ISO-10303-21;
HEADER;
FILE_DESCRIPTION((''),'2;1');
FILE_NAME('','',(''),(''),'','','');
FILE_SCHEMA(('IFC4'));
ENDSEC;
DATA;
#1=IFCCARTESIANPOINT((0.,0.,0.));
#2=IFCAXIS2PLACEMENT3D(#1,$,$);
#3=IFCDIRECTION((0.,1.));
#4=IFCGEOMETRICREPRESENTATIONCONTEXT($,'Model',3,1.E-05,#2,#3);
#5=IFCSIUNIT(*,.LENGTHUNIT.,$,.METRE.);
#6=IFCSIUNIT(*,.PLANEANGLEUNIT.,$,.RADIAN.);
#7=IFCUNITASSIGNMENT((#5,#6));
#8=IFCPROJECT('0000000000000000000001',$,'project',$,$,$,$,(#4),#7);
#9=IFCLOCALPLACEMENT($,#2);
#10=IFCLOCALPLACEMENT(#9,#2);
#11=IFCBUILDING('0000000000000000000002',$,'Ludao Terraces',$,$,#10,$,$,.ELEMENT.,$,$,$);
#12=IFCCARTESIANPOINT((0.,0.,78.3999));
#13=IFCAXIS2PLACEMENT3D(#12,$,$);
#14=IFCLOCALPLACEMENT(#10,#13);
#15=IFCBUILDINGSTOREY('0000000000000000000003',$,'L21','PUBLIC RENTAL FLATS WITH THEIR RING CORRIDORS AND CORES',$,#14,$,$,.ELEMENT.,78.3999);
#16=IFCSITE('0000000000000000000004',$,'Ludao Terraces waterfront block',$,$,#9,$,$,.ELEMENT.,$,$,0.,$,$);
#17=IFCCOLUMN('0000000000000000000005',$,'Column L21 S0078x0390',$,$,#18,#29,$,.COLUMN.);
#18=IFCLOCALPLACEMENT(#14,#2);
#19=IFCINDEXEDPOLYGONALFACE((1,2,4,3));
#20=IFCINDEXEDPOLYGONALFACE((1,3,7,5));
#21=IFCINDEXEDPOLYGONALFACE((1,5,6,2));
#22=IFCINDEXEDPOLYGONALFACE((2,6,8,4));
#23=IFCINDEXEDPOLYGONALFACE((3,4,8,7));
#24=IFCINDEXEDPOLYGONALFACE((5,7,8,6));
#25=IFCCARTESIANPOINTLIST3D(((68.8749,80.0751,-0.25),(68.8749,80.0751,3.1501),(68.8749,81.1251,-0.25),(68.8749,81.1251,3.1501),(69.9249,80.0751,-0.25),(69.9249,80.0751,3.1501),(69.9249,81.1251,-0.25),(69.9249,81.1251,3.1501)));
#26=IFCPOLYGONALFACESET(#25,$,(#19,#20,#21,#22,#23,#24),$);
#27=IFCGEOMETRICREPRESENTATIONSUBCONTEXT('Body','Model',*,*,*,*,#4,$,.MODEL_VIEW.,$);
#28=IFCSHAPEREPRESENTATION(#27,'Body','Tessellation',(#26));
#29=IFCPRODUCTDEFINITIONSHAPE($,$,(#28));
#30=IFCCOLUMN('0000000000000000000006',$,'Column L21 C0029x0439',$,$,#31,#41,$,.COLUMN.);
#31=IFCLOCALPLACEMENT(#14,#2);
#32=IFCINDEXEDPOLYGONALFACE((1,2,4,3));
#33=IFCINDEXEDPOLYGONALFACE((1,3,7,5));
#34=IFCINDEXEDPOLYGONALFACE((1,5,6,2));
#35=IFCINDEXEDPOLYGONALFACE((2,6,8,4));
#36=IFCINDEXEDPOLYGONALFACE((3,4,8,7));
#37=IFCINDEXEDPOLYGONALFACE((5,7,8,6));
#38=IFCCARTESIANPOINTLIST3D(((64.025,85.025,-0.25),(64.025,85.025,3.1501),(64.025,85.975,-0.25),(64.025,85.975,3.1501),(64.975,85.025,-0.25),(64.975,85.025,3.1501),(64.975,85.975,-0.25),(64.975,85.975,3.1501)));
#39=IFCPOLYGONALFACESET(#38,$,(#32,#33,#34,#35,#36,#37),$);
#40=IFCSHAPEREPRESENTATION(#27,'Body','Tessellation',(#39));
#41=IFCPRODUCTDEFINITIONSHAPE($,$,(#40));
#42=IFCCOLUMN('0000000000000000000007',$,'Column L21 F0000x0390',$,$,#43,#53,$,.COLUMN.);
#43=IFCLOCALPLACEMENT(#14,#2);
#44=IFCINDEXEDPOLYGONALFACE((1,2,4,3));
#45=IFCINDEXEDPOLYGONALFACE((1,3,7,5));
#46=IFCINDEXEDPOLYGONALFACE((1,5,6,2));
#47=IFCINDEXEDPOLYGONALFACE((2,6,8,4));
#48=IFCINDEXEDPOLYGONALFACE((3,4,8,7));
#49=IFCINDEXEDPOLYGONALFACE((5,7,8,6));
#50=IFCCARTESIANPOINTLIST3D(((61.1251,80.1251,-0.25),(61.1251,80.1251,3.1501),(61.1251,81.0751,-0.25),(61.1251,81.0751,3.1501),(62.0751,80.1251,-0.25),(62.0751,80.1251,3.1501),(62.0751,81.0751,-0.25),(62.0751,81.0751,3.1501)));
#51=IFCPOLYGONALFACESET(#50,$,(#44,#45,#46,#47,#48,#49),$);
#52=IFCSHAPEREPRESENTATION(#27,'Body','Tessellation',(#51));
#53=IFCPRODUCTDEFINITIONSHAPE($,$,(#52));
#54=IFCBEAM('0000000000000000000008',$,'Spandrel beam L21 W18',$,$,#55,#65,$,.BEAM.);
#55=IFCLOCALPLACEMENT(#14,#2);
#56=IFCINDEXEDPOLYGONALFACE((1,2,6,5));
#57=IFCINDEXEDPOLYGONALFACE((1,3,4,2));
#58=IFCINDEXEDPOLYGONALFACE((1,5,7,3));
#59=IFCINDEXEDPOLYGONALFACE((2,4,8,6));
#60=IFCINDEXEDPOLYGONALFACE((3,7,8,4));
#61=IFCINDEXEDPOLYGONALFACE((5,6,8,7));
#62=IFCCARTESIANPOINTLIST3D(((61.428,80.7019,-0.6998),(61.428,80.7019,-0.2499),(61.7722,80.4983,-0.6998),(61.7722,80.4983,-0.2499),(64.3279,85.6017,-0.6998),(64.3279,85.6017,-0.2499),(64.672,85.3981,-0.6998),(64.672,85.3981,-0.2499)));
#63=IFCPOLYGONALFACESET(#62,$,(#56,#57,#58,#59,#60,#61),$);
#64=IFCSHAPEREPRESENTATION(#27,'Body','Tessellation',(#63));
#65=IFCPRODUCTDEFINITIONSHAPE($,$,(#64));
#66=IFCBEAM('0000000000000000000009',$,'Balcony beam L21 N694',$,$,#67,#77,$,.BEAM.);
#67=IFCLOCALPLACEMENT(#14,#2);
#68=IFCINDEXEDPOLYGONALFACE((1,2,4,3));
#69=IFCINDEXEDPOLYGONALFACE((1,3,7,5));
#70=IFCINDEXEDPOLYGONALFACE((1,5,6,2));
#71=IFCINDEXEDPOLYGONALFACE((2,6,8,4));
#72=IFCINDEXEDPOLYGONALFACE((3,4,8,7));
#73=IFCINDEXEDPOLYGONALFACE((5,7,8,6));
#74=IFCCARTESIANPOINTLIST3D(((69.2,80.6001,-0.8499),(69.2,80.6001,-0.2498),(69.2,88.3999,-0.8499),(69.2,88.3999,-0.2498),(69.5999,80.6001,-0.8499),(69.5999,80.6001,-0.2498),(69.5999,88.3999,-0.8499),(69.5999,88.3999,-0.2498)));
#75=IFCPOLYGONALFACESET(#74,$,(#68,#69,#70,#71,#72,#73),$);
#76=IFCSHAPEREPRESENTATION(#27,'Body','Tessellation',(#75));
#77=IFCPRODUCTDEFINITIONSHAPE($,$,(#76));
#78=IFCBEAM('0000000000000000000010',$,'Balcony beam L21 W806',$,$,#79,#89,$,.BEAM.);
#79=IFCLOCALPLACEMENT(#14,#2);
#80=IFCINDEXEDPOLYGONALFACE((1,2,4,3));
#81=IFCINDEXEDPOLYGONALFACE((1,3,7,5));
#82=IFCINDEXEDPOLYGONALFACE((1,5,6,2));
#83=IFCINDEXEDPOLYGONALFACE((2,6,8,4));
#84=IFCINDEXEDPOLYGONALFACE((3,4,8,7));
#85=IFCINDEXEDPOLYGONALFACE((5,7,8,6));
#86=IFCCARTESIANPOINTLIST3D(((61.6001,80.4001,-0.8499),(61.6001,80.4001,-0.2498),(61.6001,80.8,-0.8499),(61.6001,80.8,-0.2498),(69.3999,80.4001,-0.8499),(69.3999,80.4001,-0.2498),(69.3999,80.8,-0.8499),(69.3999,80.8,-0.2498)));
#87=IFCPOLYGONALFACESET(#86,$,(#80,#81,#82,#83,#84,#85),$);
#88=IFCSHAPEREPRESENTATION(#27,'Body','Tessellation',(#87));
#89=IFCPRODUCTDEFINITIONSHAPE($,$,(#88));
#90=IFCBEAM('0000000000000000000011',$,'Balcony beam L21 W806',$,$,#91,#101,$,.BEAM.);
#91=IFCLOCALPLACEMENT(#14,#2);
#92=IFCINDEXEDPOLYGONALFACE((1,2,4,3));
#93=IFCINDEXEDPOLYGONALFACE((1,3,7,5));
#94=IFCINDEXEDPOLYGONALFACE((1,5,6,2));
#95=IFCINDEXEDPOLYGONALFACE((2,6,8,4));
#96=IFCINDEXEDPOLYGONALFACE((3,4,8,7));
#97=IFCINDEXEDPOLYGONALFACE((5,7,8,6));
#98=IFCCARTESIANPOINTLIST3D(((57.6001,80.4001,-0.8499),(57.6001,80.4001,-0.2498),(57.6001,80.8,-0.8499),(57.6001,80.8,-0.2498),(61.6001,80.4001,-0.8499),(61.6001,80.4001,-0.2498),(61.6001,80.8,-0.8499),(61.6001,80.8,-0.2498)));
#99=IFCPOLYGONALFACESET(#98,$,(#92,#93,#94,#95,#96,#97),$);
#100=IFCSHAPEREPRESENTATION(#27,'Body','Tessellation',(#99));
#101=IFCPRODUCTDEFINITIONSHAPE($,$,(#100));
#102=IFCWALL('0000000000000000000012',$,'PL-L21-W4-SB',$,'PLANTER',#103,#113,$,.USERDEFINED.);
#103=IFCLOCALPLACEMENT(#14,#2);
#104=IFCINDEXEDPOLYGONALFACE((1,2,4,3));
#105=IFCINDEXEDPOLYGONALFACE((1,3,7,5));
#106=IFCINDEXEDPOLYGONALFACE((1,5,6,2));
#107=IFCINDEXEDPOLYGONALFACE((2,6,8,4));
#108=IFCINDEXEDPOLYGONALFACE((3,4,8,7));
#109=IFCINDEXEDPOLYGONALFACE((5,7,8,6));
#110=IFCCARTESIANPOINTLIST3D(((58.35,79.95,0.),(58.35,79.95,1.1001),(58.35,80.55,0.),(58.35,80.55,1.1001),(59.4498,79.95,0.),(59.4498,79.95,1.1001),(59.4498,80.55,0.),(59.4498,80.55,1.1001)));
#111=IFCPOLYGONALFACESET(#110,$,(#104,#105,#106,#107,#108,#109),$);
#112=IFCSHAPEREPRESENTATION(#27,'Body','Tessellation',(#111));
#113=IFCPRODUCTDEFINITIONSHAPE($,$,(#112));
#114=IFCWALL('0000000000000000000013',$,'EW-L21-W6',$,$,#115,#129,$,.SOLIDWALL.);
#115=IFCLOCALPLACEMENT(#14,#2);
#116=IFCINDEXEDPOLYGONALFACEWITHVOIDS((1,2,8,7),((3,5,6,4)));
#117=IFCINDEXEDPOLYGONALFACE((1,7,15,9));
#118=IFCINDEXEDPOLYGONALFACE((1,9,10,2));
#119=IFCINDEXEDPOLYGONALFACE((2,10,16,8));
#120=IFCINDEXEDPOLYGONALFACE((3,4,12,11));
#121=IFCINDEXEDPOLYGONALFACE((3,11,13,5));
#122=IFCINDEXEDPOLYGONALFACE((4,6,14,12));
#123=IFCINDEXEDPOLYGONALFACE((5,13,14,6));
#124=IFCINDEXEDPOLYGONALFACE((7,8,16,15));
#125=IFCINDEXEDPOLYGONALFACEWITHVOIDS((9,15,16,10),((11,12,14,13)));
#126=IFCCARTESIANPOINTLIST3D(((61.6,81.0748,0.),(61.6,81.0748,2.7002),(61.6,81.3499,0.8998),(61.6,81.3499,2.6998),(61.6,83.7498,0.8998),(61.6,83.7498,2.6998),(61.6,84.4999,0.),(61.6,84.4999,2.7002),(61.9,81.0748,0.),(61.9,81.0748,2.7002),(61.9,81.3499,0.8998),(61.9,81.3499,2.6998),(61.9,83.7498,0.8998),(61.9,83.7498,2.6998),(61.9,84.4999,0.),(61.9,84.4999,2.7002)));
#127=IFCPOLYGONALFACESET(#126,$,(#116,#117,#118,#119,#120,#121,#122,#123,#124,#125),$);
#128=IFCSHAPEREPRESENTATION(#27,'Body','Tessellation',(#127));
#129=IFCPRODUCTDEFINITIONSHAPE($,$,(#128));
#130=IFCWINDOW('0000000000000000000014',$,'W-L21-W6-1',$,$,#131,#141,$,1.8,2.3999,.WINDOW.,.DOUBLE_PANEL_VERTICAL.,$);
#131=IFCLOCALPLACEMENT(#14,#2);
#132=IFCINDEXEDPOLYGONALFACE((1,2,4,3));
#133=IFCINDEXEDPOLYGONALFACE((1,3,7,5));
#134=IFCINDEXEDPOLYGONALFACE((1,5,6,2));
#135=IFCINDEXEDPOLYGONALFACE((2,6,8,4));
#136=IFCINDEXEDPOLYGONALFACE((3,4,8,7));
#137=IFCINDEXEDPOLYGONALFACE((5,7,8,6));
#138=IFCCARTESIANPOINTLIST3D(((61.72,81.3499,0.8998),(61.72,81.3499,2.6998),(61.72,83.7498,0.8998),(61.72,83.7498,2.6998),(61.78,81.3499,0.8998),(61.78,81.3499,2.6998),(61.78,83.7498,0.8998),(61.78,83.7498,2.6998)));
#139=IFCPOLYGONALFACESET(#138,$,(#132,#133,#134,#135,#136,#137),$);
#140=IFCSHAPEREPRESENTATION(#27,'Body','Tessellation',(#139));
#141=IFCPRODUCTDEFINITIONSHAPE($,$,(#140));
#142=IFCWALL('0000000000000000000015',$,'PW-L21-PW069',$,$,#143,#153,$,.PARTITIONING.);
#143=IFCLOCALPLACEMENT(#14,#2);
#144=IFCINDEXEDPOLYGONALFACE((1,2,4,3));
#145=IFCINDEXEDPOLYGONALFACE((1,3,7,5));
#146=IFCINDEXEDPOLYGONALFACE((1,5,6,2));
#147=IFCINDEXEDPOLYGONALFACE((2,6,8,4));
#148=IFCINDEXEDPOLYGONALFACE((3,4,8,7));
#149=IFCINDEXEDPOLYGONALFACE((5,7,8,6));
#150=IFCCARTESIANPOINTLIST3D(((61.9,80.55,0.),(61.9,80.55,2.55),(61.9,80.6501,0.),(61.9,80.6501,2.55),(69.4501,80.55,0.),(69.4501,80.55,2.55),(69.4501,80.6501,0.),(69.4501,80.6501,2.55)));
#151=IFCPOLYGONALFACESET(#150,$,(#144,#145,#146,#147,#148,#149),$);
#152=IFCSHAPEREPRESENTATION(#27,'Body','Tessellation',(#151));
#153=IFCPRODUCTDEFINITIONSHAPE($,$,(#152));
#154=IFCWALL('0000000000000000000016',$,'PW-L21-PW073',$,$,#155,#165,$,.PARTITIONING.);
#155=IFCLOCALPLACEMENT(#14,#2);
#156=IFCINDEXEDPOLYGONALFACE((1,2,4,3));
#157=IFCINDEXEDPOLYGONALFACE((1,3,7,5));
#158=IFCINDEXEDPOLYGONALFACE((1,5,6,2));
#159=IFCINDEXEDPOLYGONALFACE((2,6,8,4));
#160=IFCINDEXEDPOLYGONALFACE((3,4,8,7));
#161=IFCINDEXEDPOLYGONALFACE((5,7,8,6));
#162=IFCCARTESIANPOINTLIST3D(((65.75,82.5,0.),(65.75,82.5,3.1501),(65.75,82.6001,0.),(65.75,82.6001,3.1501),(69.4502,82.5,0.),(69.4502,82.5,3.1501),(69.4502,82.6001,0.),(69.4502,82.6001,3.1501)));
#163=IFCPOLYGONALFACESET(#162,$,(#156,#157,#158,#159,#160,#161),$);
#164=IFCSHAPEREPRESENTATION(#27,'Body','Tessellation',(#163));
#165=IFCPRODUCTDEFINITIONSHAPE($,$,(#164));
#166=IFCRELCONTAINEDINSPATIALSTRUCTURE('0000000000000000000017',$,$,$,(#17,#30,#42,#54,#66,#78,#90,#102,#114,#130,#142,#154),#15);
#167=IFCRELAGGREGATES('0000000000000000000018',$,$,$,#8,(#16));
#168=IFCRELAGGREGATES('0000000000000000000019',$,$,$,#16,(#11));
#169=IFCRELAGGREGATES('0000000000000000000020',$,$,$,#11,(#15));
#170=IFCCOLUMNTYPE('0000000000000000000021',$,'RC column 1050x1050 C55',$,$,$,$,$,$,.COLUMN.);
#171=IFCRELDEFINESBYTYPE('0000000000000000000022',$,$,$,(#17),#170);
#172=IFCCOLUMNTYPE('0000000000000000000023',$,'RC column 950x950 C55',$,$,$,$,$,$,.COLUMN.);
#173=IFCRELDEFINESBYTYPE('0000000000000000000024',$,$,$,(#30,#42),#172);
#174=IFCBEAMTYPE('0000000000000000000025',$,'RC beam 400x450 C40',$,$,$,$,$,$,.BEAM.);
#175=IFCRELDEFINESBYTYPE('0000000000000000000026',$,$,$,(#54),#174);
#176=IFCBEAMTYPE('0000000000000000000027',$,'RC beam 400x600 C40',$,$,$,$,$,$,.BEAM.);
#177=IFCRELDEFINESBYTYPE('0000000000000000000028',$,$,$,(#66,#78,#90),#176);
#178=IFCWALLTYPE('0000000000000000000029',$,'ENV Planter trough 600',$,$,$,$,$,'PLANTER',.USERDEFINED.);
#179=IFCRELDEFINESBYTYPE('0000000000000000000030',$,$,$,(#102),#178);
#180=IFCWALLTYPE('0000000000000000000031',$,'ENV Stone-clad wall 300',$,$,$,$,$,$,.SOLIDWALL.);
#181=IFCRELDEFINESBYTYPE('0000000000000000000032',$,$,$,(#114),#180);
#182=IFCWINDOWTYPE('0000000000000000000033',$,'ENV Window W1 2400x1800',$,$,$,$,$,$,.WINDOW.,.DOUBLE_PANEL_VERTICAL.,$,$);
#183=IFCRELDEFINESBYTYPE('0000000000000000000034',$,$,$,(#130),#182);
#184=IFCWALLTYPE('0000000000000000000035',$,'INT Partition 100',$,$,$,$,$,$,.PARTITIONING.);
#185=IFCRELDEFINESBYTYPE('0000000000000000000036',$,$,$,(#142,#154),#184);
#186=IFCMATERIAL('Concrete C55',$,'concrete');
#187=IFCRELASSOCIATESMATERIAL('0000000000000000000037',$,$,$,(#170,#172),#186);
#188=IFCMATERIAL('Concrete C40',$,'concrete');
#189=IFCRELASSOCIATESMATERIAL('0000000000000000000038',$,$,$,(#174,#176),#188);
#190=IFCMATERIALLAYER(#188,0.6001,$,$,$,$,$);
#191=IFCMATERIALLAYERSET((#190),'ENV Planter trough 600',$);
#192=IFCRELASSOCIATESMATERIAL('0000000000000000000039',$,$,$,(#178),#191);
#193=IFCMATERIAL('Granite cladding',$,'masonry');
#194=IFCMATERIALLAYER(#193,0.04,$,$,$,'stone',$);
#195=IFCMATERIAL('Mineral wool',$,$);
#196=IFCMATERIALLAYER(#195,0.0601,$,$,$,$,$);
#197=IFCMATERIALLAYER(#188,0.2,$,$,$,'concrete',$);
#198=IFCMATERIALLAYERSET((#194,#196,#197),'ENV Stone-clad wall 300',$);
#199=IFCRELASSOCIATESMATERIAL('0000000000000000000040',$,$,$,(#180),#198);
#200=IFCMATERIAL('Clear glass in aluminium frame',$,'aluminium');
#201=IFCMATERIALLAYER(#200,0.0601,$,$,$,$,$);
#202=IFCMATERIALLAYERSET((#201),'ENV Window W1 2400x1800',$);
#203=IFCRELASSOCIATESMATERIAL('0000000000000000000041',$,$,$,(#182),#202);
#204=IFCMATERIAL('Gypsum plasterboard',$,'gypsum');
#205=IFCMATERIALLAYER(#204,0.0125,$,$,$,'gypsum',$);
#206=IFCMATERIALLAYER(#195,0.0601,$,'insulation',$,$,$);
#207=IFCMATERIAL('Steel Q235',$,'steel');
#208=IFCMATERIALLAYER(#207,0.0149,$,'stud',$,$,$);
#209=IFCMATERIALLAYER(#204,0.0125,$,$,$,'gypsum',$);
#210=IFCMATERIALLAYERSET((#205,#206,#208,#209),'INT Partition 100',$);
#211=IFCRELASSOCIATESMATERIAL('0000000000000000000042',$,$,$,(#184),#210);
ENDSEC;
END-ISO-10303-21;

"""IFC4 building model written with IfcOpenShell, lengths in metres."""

from ifc_helpers import new_model, si_unit, direction, frame, frame_2d, origin, origin_2d, place, context, subcontext, project, spatial, rectangle, extrude, material, layer, layer_set, material_profile, profile_set, type_object, element, fill, save


model = new_model("IFC4")

# Units and contexts
model_context = context("Model", 3, precision=1e-05, world=origin(), true_north=direction((0.0, 1.0)))
body_context = subcontext(model_context, "Body", "Model", "MODEL_VIEW")
ifc_project = project(units=[si_unit("LENGTHUNIT", "METRE"), si_unit("PLANEANGLEUNIT", "RADIAN")], contexts=[model_context])

# Site, building, storey
site_placement = place(None, origin())
site = spatial("IfcSite", under=ifc_project, at=site_placement, Name="Ludao Terraces waterfront block", CompositionType="ELEMENT", RefElevation=0.0)
building_placement = place(site_placement, origin())
building = spatial("IfcBuilding", under=site, at=building_placement, Name="Ludao Terraces", CompositionType="ELEMENT")
storey_placement = place(building_placement, frame((0.0, 0.0, 78.3999)))
storey = spatial("IfcBuildingStorey", under=building, at=storey_placement, Name="L21", Description="PUBLIC RENTAL FLATS WITH THEIR RING CORRIDORS AND CORES", CompositionType="ELEMENT", Elevation=78.3999)

# Columns
ifc_material_1 = material(Name="Concrete C55", Category="concrete")
ifc_material_profile_1 = material_profile(ifc_material_1, rectangle(XDim=1.05, YDim=1.05, at=origin_2d()), Name="1050 X 1050")
ifc_profile_set_1 = profile_set([ifc_material_profile_1], Name="Concrete C55")
column_type_1 = type_object("IfcColumnType", Name="RC column 1050x1050 C55", PredefinedType="COLUMN", material=ifc_profile_set_1)
column_placement = place(storey_placement, frame((69.3999, 80.6001, -0.25), z_axis=(0.0, 0.0, 1.0), x_axis=(1.0, 0.0, 0.0)))
element("IfcColumn", 1, at=column_placement, inside=storey, type_object=column_type_1, Name="Column L21 S0078x0390", PredefinedType="COLUMN", context=body_context, shape_type="SweptSolid", body=[
    extrude(rectangle(XDim=1.05, YDim=1.05, at=origin_2d()), origin(), (0.0, 0.0, 1.0), 3.4001),
])
ifc_material_profile_2 = material_profile(ifc_material_1, rectangle(XDim=0.95, YDim=0.95, at=origin_2d()), Name="950 X 950")
ifc_profile_set_2 = profile_set([ifc_material_profile_2], Name="Concrete C55")
column_type_2 = type_object("IfcColumnType", Name="RC column 950x950 C55", PredefinedType="COLUMN", material=ifc_profile_set_2)
for number, where, z_axis, x_axis, name in (
    (2, (64.5, 85.5, -0.25), (0.0, 0.0, 1.0), (1.0, 0.0, 0.0), "Column L21 C0029x0439"),
    (3, (61.6001, 80.6001, -0.25), (0.0, 0.0, 1.0), (1.0, 0.0, 0.0), "Column L21 F0000x0390"),
):
    element("IfcColumn", number, at=place(storey_placement, frame(where, z_axis=z_axis, x_axis=x_axis)), inside=storey, type_object=column_type_2, Name=name, PredefinedType="COLUMN", context=body_context, shape_type="SweptSolid", body=[
        extrude(rectangle(XDim=0.95, YDim=0.95, at=origin_2d()), origin(), (0.0, 0.0, 1.0), 3.4001),
    ])

# Beams
ifc_material_2 = material(Name="Concrete C40", Category="concrete")
ifc_material_profile_3 = material_profile(ifc_material_2, rectangle(XDim=0.3999, YDim=0.45, at=origin_2d()), Name="400 X 450")
ifc_profile_set_3 = profile_set([ifc_material_profile_3], Name="Concrete C40")
beam_type_1 = type_object("IfcBeamType", Name="RC beam 400x450 C40", PredefinedType="BEAM", material=ifc_profile_set_3)
beam_1_placement = place(storey_placement, frame((61.6001, 80.6001, -0.4749), z_axis=(0.509316, 0.86058, 0.0), x_axis=(-0.86058, 0.509316, 0.0)))
element("IfcBeam", 4, at=beam_1_placement, inside=storey, type_object=beam_type_1, Name="Spandrel beam L21 W18", PredefinedType="BEAM", context=body_context, shape_type="SweptSolid", body=[
    extrude(rectangle(XDim=0.3999, YDim=0.45, at=origin_2d()), origin(), (0.0, 0.0, 1.0), 5.6936),
])
ifc_material_profile_4 = material_profile(ifc_material_2, rectangle(XDim=0.3999, YDim=0.6001, at=origin_2d()), Name="400 X 600")
ifc_profile_set_4 = profile_set([ifc_material_profile_4], Name="Concrete C40")
beam_type_2 = type_object("IfcBeamType", Name="RC beam 400x600 C40", PredefinedType="BEAM", material=ifc_profile_set_4)
for number, where, z_axis, x_axis, name in (
    (5, (69.3999, 80.6001, -0.5498), (0.0, 1.0, 0.0), (-1.0, 0.0, 0.0), "Balcony beam L21 N694"),
    (6, (69.3999, 80.6001, -0.5498), (-1.0, 0.0, 0.0), (0.0, -1.0, 0.0), "Balcony beam L21 W806"),
):
    element("IfcBeam", number, at=place(storey_placement, frame(where, z_axis=z_axis, x_axis=x_axis)), inside=storey, type_object=beam_type_2, Name=name, PredefinedType="BEAM", context=body_context, shape_type="SweptSolid", body=[
        extrude(rectangle(XDim=0.3999, YDim=0.6001, at=origin_2d()), origin(), (0.0, 0.0, 1.0), 7.7998),
    ])
beam_2_placement = place(storey_placement, frame((61.6001, 80.6001, -0.5498), z_axis=(-1.0, 0.0, 0.0), x_axis=(0.0, -1.0, 0.0)))
element("IfcBeam", 7, at=beam_2_placement, inside=storey, type_object=beam_type_2, Name="Balcony beam L21 W806", PredefinedType="BEAM", context=body_context, shape_type="SweptSolid", body=[
    extrude(rectangle(XDim=0.3999, YDim=0.6001, at=origin_2d()), origin(), (0.0, 0.0, 1.0), 4.0),
])

# Wall
ifc_layer_1 = layer(ifc_material_2, 0.6001)
ifc_layer_set_1 = layer_set([ifc_layer_1], Name="ENV Planter trough 600")
wall_type_1 = type_object("IfcWallType", Name="ENV Planter trough 600", ElementType="PLANTER", PredefinedType="USERDEFINED", material=ifc_layer_set_1)
wall_1_placement = place(storey_placement, frame((58.3501, 80.25, 0.0), z_axis=(0.0, 0.0, 1.0), x_axis=(1.0, 0.0, 0.0)))
element("IfcWall", 8, at=wall_1_placement, inside=storey, type_object=wall_type_1, Name="PL-L21-W4-SB", ObjectType="PLANTER", PredefinedType="USERDEFINED", context=body_context, shape_type="SweptSolid", body=[
    extrude(rectangle(XDim=1.0999, YDim=0.6001, at=frame_2d((0.5498, 0.0))), origin(), (0.0, 0.0, 1.0), 1.1001),
])

# Wall, opening, window
ifc_material_3 = material(Name="Granite cladding", Category="masonry")
ifc_layer_2 = layer(ifc_material_3, 0.04, Category="stone")
ifc_material_4 = material(Name="Mineral wool")
ifc_layer_3 = layer(ifc_material_4, 0.0601)
ifc_layer_4 = layer(ifc_material_2, 0.2, Category="concrete")
ifc_layer_set_2 = layer_set([ifc_layer_2, ifc_layer_3, ifc_layer_4], Name="ENV Stone-clad wall 300")
wall_type_2 = type_object("IfcWallType", Name="ENV Stone-clad wall 300", PredefinedType="SOLIDWALL", material=ifc_layer_set_2)
wall_2_placement = place(storey_placement, frame((61.75, 81.075, 0.0), z_axis=(0.0, 0.0, 1.0), x_axis=(0.0, 1.0, 0.0)))
wall_2 = element("IfcWall", 9, at=wall_2_placement, inside=storey, type_object=wall_type_2, Name="EW-L21-W6", PredefinedType="SOLIDWALL", context=body_context, shape_type="SweptSolid", body=[
    extrude(rectangle(XDim=3.425, YDim=0.3, at=frame_2d((1.7124, 0.0))), origin(), (0.0, 0.0, 1.0), 2.7002),
])
opening_1_placement = place(wall_2_placement, frame((0.2749, 0.0, 0.8999)))
opening_1 = element("IfcOpeningElement", 10, at=opening_1_placement, cuts=wall_2, PredefinedType="OPENING", context=body_context, shape_type="SweptSolid", body=[
    extrude(rectangle(XDim=2.3999, YDim=1.8, at=frame_2d((1.2, 0.8999))), frame((0.0, 0.1602, 0.0), z_axis=(0.0, -1.0, 0.0), x_axis=(1.0, 0.0, 0.0)), (0.0, 0.0, 1.0), 0.3201),
])
ifc_material_5 = material(Name="Clear glass in aluminium frame", Category="aluminium")
ifc_layer_5 = layer(ifc_material_5, 0.0601)
ifc_layer_set_3 = layer_set([ifc_layer_5], Name="ENV Window W1 2400x1800")
window_type = type_object("IfcWindowType", Name="ENV Window W1 2400x1800", PartitioningType="DOUBLE_PANEL_VERTICAL", PredefinedType="WINDOW", material=ifc_layer_set_3)
window_placement = place(opening_1_placement, origin())
window = element("IfcWindow", 11, at=window_placement, inside=storey, type_object=window_type, Name="W-L21-W6-1", OverallHeight=1.8, OverallWidth=2.3999, PartitioningType="DOUBLE_PANEL_VERTICAL", PredefinedType="WINDOW", context=body_context, shape_type="SweptSolid", body=[
    extrude(rectangle(XDim=2.3999, YDim=1.8, at=frame_2d((1.2, 0.8999))), frame((0.0, 0.03, 0.0), z_axis=(0.0, -1.0, 0.0), x_axis=(1.0, 0.0, 0.0)), (0.0, 0.0, 1.0), 0.0601),
])
fill(opening_1, window)

# Walls
ifc_material_6 = material(Name="Gypsum plasterboard", Category="gypsum")
ifc_layer_6 = layer(ifc_material_6, 0.0125, Category="gypsum")
ifc_layer_7 = layer(ifc_material_4, 0.0601, Name="insulation")
ifc_material_7 = material(Name="Steel Q235", Category="steel")
ifc_layer_8 = layer(ifc_material_7, 0.0149, Name="stud")
ifc_layer_9 = layer(ifc_material_6, 0.0125, Category="gypsum")
ifc_layer_set_4 = layer_set([ifc_layer_6, ifc_layer_7, ifc_layer_8, ifc_layer_9], Name="INT Partition 100")
wall_type_3 = type_object("IfcWallType", Name="INT Partition 100", PredefinedType="PARTITIONING", material=ifc_layer_set_4)
wall_3_placement = place(storey_placement, frame((61.9001, 80.6001, 0.0), z_axis=(0.0, 0.0, 1.0), x_axis=(1.0, 0.0, 0.0)))
element("IfcWall", 12, at=wall_3_placement, inside=storey, type_object=wall_type_3, Name="PW-L21-PW069", PredefinedType="PARTITIONING", context=body_context, shape_type="SweptSolid", body=[
    extrude(rectangle(XDim=7.55, YDim=0.1001, at=frame_2d((3.7749, 0.0))), origin(), (0.0, 0.0, 1.0), 2.55),
])
wall_4_placement = place(storey_placement, frame((65.75, 82.55, 0.0), z_axis=(0.0, 0.0, 1.0), x_axis=(1.0, 0.0, 0.0)))
element("IfcWall", 13, at=wall_4_placement, inside=storey, type_object=wall_type_3, Name="PW-L21-PW073", PredefinedType="PARTITIONING", context=body_context, shape_type="SweptSolid", body=[
    extrude(rectangle(XDim=3.7002, YDim=0.1001, at=frame_2d((1.8501, 0.0))), origin(), (0.0, 0.0, 1.0), 3.1501),
])

save(model, "model.ifc")
